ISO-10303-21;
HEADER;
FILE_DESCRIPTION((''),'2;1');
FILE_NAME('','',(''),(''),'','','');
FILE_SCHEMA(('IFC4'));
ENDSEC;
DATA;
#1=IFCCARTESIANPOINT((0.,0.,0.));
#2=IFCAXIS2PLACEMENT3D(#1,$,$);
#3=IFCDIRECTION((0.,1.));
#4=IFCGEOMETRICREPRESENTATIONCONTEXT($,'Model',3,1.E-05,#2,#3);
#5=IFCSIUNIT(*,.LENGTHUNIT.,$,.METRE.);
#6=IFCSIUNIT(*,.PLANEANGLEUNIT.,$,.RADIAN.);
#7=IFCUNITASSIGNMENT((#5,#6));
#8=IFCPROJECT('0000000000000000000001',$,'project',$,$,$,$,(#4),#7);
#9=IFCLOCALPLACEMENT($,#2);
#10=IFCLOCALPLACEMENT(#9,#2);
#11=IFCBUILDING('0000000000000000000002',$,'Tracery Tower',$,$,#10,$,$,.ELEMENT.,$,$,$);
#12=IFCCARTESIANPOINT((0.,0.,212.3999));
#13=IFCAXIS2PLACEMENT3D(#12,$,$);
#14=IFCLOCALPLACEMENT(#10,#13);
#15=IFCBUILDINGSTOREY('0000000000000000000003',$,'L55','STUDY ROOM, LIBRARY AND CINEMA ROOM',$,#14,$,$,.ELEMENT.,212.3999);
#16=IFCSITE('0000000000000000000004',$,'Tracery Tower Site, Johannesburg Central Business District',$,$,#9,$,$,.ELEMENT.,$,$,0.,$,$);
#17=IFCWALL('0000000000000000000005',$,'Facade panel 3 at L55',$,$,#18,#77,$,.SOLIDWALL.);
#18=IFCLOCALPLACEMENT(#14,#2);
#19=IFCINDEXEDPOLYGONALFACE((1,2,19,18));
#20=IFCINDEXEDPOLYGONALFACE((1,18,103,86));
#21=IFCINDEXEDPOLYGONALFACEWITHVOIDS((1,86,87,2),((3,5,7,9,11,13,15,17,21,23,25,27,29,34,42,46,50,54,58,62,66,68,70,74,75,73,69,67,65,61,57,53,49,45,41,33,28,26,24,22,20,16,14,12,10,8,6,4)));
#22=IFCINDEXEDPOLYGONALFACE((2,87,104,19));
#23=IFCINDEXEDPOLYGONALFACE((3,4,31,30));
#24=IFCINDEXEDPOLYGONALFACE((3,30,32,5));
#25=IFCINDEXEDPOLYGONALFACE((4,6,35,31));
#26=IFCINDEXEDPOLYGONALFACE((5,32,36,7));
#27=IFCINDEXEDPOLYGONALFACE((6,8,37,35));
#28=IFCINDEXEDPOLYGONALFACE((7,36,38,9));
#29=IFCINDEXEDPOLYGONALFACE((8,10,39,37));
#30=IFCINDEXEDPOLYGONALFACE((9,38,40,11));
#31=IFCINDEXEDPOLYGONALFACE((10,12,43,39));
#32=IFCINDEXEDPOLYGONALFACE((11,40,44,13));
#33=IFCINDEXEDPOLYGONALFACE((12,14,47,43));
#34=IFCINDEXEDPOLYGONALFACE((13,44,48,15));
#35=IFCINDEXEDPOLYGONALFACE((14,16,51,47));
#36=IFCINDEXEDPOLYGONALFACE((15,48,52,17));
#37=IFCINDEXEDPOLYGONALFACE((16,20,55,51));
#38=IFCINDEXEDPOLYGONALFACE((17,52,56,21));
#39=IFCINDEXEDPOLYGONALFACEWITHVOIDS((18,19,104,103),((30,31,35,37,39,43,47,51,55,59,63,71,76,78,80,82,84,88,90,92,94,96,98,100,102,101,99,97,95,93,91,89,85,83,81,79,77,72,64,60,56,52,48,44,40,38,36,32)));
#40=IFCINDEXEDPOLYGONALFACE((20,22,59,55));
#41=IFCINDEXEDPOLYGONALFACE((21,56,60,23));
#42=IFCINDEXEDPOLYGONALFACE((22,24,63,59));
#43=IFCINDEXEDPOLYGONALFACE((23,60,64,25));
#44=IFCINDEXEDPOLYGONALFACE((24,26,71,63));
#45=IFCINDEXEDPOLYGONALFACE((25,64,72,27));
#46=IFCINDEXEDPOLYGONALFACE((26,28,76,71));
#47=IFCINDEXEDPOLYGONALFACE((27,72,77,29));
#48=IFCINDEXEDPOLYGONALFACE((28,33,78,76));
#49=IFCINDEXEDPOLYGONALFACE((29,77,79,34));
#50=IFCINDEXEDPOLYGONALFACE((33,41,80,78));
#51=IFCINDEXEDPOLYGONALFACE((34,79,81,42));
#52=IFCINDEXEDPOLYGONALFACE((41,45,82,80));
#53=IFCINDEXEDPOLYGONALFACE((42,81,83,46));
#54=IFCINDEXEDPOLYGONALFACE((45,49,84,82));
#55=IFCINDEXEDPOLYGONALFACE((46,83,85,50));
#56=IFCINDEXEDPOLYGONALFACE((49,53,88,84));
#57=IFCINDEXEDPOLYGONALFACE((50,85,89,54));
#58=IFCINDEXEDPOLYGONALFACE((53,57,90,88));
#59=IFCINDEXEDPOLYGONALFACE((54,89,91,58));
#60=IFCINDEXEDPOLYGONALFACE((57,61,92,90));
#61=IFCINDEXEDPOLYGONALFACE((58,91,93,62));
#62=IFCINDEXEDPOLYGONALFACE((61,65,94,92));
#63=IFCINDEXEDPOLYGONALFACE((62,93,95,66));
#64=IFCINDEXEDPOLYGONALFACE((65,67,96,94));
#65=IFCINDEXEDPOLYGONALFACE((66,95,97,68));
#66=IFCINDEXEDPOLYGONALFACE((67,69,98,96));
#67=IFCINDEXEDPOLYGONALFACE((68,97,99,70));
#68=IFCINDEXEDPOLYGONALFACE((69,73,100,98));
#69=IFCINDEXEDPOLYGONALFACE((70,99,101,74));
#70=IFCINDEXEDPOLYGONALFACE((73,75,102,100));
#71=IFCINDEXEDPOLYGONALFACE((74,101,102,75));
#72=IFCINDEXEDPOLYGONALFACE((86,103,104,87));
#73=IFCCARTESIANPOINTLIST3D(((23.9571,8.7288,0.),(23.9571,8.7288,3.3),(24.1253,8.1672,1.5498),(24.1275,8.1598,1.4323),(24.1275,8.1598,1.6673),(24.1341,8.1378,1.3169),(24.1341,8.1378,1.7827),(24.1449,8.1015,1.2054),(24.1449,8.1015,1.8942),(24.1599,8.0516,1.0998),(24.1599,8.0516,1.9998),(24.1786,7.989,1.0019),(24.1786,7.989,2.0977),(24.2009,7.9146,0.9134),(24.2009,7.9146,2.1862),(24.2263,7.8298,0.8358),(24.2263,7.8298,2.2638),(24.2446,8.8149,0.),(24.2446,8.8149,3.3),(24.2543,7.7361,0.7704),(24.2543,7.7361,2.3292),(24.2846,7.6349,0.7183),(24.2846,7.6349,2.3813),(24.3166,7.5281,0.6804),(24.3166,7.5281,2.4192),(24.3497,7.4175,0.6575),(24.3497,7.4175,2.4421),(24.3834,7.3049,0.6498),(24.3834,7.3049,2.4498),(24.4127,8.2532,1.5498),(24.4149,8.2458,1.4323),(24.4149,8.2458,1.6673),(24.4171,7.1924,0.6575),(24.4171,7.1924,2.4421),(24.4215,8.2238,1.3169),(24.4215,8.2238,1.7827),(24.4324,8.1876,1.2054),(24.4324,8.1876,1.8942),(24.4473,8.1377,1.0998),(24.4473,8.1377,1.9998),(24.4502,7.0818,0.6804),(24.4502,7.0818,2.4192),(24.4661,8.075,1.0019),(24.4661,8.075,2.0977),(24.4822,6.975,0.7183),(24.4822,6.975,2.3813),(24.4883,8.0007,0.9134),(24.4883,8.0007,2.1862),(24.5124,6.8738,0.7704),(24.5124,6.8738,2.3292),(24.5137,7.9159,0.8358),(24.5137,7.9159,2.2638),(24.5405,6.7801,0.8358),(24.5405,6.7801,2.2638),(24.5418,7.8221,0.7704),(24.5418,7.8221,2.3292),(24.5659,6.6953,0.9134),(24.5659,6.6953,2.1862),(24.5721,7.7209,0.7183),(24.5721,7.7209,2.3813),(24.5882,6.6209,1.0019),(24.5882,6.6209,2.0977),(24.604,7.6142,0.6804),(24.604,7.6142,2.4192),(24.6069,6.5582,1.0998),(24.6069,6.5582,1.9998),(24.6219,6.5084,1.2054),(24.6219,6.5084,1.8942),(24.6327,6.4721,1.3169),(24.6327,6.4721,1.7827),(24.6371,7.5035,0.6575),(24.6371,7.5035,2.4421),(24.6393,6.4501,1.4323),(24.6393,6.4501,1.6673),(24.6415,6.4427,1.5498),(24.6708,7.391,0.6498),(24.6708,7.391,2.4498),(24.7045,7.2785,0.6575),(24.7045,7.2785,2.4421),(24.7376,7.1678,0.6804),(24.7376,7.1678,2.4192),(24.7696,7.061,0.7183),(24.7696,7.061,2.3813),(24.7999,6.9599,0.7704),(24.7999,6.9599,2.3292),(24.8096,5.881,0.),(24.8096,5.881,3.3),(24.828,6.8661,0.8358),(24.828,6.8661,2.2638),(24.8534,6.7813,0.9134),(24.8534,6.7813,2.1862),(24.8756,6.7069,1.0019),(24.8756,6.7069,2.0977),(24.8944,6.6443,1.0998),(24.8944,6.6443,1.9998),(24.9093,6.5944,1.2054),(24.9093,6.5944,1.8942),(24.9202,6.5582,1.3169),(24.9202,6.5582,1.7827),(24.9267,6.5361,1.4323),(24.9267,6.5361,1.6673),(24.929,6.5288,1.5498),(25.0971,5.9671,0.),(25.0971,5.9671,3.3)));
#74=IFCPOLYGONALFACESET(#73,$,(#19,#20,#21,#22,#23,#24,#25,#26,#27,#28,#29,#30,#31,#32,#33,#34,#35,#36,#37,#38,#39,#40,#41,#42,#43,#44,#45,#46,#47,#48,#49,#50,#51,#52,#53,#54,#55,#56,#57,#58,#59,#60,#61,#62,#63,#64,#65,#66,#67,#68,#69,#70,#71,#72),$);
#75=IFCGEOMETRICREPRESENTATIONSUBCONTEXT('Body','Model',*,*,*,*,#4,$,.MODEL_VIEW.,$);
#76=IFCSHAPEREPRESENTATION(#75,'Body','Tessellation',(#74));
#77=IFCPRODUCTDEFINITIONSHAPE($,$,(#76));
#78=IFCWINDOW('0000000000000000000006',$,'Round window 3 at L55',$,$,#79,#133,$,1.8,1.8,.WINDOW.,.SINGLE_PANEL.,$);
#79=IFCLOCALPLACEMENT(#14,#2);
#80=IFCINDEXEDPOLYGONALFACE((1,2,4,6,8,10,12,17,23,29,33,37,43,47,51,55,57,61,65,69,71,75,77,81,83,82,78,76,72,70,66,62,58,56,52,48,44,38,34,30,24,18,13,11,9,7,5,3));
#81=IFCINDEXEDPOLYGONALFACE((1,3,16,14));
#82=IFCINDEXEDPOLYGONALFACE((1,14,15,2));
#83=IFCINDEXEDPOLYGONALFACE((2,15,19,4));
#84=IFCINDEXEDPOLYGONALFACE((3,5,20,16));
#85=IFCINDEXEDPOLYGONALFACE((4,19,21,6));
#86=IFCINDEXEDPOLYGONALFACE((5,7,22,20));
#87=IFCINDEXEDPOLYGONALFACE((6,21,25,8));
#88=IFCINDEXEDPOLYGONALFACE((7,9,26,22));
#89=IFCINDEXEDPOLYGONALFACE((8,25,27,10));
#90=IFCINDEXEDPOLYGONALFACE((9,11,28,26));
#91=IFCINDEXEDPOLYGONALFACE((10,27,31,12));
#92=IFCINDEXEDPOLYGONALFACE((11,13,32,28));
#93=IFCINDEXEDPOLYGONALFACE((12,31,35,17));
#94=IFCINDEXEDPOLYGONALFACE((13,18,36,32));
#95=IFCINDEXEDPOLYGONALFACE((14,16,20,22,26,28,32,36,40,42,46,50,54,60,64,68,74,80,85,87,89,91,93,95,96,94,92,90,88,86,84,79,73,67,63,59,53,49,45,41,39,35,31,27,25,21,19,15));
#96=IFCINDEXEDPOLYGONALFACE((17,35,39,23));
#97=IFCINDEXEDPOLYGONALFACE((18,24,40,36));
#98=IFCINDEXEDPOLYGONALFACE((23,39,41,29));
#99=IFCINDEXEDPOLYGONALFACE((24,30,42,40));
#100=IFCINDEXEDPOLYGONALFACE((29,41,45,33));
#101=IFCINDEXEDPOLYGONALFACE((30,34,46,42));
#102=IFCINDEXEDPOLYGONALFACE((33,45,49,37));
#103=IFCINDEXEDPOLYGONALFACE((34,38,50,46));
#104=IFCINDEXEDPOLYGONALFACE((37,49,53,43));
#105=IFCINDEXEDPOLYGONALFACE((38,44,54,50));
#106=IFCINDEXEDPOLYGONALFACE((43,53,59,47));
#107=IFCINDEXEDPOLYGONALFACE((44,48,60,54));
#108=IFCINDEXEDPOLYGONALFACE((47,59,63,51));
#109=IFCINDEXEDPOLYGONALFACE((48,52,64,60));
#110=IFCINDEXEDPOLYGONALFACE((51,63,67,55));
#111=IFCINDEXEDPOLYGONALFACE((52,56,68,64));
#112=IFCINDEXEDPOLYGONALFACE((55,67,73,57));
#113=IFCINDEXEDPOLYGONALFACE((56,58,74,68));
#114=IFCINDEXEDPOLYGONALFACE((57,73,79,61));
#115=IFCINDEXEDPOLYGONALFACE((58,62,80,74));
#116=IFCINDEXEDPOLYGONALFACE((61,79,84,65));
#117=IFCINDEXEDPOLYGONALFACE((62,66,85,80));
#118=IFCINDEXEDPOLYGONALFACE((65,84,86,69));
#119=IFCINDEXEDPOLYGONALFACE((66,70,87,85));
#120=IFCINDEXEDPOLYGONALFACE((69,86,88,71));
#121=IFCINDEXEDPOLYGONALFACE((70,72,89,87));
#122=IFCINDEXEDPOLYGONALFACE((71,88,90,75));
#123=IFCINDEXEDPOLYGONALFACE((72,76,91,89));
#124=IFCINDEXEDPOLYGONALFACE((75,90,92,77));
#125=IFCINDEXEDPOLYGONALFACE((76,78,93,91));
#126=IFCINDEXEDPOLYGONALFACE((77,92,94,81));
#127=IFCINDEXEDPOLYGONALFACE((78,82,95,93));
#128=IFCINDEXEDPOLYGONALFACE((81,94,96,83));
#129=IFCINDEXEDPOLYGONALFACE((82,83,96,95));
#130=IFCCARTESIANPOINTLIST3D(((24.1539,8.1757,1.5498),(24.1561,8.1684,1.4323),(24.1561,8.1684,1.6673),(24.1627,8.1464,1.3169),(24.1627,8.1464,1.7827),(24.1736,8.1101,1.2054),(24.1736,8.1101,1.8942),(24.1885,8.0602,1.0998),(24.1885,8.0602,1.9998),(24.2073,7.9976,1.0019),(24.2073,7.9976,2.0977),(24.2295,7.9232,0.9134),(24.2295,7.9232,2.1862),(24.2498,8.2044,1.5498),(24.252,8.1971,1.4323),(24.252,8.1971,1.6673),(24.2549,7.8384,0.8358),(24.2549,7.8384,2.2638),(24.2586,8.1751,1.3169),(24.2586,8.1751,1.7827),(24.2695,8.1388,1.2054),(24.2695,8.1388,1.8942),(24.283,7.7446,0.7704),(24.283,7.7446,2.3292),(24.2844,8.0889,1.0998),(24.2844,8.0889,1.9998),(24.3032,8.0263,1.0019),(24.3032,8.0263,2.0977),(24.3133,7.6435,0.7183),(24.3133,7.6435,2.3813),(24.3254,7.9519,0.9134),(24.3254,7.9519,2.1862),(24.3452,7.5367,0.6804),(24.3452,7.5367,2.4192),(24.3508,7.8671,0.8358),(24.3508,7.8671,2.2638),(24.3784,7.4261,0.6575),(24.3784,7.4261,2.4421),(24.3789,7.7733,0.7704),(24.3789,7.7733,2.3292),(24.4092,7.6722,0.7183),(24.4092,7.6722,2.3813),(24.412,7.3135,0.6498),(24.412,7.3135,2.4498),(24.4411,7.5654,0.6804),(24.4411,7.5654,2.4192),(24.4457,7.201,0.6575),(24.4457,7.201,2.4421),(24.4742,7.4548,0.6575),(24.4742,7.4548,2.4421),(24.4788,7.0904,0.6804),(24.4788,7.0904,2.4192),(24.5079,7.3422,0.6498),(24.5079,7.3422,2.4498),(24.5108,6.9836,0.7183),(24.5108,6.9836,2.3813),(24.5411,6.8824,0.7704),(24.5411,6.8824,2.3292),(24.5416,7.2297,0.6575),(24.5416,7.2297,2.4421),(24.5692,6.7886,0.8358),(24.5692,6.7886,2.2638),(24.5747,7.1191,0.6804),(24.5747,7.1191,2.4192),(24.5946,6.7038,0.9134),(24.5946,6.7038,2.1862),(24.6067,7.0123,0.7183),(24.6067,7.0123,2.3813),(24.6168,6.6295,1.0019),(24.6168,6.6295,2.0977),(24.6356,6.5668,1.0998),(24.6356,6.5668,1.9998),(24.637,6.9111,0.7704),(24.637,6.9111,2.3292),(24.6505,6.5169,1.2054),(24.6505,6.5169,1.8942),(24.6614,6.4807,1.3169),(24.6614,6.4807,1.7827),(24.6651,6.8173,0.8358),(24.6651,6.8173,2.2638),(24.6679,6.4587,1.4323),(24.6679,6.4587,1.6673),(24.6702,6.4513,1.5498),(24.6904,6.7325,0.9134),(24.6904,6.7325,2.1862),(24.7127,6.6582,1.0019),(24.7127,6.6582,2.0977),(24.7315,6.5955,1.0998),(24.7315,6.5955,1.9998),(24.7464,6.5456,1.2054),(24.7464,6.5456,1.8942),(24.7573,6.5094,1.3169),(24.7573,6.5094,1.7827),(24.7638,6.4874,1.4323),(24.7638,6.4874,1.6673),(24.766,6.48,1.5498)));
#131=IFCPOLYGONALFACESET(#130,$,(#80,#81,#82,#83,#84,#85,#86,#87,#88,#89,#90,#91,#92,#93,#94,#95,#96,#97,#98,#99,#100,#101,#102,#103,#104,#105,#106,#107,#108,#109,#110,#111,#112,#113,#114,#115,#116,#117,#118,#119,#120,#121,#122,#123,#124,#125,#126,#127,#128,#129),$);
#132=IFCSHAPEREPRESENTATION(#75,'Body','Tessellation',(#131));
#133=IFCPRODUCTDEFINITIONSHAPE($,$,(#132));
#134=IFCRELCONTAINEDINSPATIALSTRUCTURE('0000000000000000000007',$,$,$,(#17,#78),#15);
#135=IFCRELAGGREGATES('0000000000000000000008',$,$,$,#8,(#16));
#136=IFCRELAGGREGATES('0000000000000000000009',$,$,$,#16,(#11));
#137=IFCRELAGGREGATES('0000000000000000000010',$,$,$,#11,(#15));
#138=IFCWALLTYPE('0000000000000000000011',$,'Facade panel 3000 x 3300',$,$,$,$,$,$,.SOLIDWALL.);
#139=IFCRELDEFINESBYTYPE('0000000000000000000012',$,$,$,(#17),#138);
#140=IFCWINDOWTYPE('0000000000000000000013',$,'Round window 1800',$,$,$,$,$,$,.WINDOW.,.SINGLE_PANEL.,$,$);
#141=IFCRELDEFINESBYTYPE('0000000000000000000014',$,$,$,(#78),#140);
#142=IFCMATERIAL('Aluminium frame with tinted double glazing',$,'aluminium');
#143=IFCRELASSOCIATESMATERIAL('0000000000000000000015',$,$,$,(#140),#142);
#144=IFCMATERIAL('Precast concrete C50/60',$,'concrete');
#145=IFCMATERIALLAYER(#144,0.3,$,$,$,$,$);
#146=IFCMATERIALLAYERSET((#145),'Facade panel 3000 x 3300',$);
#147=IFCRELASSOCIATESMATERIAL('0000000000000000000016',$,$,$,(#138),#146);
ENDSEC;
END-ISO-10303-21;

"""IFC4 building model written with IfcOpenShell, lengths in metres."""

from ifc_helpers import new_model, si_unit, direction, frame, frame_2d, origin, origin_2d, place, context, subcontext, project, spatial, rectangle, circle, extrude, material, layer, layer_set, type_object, element, fill, save


model = new_model("IFC4")

# Units and contexts
model_context = context("Model", 3, precision=1e-05, world=origin(), true_north=direction((0.0, 1.0)))
body_context = subcontext(model_context, "Body", "Model", "MODEL_VIEW")
ifc_project = project(units=[si_unit("LENGTHUNIT", "METRE"), si_unit("PLANEANGLEUNIT", "RADIAN")], contexts=[model_context])

# Site, building, storey
site_placement = place(None, origin())
site = spatial("IfcSite", under=ifc_project, at=site_placement, Name="Tracery Tower Site, Johannesburg Central Business District", CompositionType="ELEMENT", RefElevation=0.0)
building_placement = place(site_placement, origin())
building = spatial("IfcBuilding", under=site, at=building_placement, Name="Tracery Tower", CompositionType="ELEMENT")
storey_placement = place(building_placement, frame((0.0, 0.0, 212.3999)))
storey = spatial("IfcBuildingStorey", under=building, at=storey_placement, Name="L55", Description="STUDY ROOM, LIBRARY AND CINEMA ROOM", CompositionType="ELEMENT", Elevation=212.3999)

# Wall, opening, window
ifc_material_1 = material(Name="Aluminium frame with tinted double glazing", Category="aluminium")
window_type = type_object("IfcWindowType", Name="Round window 1800", PartitioningType="SINGLE_PANEL", PredefinedType="WINDOW", material=ifc_material_1)
ifc_material_2 = material(Name="Precast concrete C50/60", Category="concrete")
ifc_layer_1 = layer(ifc_material_2, 0.3)
ifc_layer_set_1 = layer_set([ifc_layer_1], Name="Facade panel 3000 x 3300")
wall_type_1 = type_object("IfcWallType", Name="Facade panel 3000 x 3300", PredefinedType="SOLIDWALL", material=ifc_layer_set_1)
wall_1_placement = place(storey_placement, frame((24.9534, 5.9241, 0.0), z_axis=(0.0, 0.0, 1.0), x_axis=(-0.286783, 0.957996, 0.0)))
wall_1 = element("IfcWall", 1, at=wall_1_placement, inside=storey, type_object=wall_type_1, Name="Facade panel 3 at L55", PredefinedType="SOLIDWALL", context=body_context, shape_type="SweptSolid", body=[
    extrude(rectangle(XDim=2.9727, YDim=0.3, at=frame_2d((1.4863, 0.0))), origin(), (0.0, 0.0, 1.0), 3.3),
])
opening_1_placement = place(wall_1_placement, frame((1.4863, 0.0, 1.5498)))
opening_1 = element("IfcOpeningElement", 2, at=opening_1_placement, cuts=wall_1, PredefinedType="OPENING", context=body_context, shape_type="SweptSolid", body=[
    extrude(circle(Radius=0.9, at=origin_2d()), frame((0.0, 0.1599, 0.0), z_axis=(0.0, -1.0, 0.0), x_axis=(1.0, 0.0, 0.0)), (0.0, 0.0, 1.0), 0.3201),
])
window_1_placement = place(opening_1_placement, origin())
window_1 = element("IfcWindow", 3, at=window_1_placement, inside=storey, type_object=window_type, Name="Round window 3 at L55", OverallHeight=1.8, OverallWidth=1.8, PartitioningType="SINGLE_PANEL", PredefinedType="WINDOW", context=body_context, shape_type="SweptSolid", body=[
    extrude(circle(Radius=0.9, at=origin_2d()), frame((0.0, 0.1201, 0.0), z_axis=(0.0, -1.0, 0.0), x_axis=(1.0, 0.0, 0.0)), (0.0, 0.0, 1.0), 0.1001),
])
fill(opening_1, window_1)

save(model, "model.ifc")
